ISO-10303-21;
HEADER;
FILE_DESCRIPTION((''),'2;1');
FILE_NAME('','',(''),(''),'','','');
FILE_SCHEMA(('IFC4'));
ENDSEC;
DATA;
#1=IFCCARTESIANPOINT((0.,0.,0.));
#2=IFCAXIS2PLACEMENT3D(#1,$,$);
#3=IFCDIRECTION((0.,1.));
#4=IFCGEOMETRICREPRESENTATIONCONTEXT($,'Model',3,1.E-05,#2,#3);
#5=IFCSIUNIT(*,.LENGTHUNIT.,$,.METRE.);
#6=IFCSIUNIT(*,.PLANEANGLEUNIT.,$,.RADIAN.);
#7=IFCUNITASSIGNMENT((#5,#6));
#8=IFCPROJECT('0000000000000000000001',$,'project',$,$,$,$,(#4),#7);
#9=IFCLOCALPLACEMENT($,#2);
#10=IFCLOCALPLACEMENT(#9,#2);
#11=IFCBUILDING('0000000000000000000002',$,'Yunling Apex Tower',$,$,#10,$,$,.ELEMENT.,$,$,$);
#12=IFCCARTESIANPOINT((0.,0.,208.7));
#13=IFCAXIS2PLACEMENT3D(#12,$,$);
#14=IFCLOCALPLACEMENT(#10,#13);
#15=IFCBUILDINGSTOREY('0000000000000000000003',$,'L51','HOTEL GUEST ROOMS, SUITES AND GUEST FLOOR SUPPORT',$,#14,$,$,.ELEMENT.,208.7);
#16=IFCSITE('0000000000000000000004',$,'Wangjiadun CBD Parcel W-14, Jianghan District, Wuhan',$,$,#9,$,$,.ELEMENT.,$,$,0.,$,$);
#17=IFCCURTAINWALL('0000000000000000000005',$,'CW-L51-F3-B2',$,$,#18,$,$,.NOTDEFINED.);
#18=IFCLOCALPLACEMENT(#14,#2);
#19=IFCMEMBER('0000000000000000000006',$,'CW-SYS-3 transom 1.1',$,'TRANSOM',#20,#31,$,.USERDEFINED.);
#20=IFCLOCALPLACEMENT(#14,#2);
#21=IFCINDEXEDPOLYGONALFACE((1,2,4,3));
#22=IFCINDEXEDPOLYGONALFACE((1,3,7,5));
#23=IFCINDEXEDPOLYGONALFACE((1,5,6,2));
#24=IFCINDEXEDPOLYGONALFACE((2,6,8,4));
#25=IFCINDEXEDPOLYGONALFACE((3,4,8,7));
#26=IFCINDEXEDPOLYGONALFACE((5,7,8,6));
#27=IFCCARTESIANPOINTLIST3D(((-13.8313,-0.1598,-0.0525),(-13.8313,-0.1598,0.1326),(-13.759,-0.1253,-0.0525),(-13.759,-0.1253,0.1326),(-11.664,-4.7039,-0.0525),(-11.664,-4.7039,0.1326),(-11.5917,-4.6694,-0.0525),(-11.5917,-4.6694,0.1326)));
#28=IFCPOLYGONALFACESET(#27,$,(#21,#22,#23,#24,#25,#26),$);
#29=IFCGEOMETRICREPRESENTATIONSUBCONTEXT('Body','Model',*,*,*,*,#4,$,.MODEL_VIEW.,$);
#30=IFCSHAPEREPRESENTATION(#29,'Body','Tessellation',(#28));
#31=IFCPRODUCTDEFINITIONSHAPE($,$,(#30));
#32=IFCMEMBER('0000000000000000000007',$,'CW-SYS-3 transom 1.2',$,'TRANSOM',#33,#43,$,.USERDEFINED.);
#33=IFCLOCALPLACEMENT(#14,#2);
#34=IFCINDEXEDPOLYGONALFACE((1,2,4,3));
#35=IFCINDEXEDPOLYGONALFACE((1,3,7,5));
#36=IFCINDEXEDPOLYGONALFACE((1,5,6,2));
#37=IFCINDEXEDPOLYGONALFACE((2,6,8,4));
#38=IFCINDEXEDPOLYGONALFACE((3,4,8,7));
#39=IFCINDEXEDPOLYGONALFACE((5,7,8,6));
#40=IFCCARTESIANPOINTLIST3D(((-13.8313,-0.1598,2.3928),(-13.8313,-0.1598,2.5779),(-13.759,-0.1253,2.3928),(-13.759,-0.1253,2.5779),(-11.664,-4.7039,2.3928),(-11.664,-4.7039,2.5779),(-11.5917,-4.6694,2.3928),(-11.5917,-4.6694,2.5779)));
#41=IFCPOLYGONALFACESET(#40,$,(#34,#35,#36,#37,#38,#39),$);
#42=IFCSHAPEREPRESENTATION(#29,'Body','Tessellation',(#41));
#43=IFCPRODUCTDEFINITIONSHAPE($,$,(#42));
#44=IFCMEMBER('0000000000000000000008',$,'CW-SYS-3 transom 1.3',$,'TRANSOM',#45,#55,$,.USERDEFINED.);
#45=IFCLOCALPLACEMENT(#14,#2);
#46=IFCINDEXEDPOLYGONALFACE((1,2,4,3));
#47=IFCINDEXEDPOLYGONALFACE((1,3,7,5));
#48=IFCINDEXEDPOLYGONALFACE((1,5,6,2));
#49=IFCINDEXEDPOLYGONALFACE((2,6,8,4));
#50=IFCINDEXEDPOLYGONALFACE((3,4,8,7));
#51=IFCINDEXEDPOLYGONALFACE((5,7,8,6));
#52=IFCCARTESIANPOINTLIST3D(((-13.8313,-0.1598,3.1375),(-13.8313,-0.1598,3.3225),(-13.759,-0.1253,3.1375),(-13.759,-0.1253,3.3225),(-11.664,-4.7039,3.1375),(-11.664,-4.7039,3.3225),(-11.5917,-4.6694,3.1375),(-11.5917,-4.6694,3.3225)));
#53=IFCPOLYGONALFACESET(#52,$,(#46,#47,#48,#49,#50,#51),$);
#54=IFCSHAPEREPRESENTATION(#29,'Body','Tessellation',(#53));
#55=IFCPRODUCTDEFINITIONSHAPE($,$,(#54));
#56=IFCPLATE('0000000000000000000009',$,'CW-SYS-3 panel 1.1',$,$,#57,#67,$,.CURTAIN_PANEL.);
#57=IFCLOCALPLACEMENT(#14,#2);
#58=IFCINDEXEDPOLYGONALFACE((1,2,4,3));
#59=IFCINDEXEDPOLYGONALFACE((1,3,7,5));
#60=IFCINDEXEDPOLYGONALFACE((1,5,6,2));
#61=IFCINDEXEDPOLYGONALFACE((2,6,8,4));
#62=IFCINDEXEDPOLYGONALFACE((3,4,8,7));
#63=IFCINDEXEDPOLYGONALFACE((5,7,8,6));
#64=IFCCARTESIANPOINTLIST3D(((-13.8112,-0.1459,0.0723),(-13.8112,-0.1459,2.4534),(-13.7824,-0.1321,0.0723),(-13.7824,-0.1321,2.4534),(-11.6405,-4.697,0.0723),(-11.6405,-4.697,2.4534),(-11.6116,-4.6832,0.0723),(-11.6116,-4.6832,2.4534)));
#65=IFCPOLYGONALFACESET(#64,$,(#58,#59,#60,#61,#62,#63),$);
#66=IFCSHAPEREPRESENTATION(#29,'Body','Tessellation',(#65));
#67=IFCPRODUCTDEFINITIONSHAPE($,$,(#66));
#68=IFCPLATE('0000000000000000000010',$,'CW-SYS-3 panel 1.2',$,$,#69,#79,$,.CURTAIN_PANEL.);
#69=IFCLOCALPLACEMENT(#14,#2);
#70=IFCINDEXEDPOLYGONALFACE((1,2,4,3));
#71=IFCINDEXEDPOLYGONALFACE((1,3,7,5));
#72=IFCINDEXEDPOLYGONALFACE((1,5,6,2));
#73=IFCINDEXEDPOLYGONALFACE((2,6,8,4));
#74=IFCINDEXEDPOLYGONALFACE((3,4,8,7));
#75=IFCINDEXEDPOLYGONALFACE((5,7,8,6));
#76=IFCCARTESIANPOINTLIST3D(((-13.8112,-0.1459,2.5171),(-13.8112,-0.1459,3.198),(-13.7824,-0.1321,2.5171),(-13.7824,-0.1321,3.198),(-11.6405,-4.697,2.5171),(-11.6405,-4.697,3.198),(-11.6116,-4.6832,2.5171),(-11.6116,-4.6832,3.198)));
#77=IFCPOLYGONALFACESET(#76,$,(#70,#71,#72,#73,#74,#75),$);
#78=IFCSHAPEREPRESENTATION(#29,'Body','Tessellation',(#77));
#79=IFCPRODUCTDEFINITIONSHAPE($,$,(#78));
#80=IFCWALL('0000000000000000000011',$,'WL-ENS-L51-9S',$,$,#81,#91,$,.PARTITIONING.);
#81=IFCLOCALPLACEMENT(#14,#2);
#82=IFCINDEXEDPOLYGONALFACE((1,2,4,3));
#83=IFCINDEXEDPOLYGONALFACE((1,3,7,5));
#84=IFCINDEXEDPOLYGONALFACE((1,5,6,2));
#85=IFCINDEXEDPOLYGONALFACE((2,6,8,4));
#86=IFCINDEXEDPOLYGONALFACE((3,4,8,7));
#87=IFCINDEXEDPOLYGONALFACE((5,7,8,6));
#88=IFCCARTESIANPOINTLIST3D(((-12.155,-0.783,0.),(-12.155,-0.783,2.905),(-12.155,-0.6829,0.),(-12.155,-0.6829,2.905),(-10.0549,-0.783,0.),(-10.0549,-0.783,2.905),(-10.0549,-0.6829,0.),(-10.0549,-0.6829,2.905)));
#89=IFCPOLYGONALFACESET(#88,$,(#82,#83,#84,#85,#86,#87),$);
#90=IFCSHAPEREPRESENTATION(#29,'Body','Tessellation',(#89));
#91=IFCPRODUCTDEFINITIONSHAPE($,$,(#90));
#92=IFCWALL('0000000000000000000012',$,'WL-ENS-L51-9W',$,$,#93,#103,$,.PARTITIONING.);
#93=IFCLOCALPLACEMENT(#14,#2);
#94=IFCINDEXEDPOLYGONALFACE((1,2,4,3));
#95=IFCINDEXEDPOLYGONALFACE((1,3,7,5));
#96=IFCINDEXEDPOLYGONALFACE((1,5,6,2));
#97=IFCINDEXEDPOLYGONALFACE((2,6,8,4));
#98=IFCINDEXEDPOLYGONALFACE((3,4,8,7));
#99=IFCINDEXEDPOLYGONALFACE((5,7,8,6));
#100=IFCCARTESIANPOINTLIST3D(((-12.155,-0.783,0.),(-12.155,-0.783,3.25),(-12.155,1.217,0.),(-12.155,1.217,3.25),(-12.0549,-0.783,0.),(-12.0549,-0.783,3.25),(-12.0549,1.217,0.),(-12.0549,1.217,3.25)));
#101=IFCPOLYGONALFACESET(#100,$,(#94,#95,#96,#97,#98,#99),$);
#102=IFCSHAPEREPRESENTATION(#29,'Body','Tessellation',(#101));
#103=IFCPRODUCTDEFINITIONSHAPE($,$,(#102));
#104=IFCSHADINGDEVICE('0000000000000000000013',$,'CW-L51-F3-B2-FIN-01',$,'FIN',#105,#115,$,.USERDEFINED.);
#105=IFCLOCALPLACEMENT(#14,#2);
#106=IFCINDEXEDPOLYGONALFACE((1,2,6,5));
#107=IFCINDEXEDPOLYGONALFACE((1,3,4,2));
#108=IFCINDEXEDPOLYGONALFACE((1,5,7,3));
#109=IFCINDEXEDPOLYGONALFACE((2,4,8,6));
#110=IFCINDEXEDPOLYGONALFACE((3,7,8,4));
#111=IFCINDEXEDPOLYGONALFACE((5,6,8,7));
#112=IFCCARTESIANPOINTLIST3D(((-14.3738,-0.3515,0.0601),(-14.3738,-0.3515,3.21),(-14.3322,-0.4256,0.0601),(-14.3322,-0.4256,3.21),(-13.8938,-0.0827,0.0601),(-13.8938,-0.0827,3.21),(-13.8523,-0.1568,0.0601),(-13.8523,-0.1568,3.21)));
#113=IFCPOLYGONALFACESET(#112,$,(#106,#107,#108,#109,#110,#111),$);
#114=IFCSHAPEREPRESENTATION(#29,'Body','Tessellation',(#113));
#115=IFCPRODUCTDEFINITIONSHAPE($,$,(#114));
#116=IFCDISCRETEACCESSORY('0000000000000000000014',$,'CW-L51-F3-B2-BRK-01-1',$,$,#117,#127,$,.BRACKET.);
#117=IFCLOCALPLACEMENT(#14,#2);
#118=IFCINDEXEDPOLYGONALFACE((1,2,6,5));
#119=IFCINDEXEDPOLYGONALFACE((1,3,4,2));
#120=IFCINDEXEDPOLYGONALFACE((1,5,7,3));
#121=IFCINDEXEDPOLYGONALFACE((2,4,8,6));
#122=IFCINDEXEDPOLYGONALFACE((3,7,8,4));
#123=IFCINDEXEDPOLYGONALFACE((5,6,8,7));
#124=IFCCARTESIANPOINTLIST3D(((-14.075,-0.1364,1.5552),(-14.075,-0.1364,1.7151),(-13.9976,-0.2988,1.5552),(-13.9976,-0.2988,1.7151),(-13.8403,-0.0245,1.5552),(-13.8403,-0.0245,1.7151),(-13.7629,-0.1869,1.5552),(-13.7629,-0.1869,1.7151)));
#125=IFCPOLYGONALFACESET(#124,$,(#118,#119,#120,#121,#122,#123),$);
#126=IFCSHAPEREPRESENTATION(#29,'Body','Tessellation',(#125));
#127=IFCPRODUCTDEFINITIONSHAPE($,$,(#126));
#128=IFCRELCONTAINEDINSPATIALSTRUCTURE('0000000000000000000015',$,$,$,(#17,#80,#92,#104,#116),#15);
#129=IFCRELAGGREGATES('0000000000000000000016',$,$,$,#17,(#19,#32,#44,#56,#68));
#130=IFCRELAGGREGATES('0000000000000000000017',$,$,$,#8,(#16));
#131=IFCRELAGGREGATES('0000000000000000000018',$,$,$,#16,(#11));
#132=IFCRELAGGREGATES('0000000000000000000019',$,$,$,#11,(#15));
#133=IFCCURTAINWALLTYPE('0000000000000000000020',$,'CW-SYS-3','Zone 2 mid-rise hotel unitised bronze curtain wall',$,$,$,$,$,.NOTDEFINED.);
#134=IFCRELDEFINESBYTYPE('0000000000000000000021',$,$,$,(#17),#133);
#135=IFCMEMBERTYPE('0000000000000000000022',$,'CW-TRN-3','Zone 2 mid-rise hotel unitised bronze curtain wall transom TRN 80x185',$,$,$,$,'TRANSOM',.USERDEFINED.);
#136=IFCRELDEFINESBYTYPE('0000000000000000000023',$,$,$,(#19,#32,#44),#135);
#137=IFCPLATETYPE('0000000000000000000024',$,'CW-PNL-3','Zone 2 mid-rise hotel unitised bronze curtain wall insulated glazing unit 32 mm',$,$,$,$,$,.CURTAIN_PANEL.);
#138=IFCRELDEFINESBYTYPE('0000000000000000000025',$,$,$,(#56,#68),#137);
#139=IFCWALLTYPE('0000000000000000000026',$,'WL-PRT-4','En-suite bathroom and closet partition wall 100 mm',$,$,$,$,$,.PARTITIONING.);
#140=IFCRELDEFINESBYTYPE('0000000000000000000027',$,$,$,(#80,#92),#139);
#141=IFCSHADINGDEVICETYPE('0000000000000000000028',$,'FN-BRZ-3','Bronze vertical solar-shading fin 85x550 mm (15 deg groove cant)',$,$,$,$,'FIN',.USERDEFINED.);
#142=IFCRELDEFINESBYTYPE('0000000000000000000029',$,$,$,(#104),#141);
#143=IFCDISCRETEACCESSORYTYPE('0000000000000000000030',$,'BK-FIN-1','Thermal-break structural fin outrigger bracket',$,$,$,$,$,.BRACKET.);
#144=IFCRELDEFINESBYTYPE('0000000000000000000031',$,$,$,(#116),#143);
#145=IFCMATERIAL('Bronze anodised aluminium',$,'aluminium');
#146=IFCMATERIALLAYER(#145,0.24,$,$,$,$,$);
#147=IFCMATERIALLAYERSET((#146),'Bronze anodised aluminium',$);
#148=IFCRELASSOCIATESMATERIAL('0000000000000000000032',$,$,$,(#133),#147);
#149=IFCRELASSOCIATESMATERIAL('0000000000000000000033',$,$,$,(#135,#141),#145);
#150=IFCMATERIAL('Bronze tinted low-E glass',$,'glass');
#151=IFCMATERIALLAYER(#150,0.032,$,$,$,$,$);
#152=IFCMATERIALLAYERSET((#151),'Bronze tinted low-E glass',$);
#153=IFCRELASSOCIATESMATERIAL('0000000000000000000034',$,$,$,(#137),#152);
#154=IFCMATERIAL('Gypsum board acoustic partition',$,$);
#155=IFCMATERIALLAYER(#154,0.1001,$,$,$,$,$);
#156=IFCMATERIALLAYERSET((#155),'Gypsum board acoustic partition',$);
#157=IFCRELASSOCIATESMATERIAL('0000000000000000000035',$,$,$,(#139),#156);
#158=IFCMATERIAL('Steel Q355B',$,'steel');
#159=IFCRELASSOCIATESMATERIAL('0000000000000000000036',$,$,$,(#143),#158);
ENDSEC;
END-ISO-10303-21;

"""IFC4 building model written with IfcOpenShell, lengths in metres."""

from ifc_helpers import new_model, si_unit, direction, frame, frame_2d, origin, origin_2d, place, context, subcontext, project, spatial, rectangle, extrude, source, transform, mapped, material, layer, layer_set, material_profile, profile_set, type_object, element, aggregate, save


model = new_model("IFC4")

# Units and contexts
model_context = context("Model", 3, precision=1e-05, world=origin(), true_north=direction((0.0, 1.0)))
body_context = subcontext(model_context, "Body", "Model", "MODEL_VIEW")
ifc_project = project(units=[si_unit("LENGTHUNIT", "METRE"), si_unit("PLANEANGLEUNIT", "RADIAN")], contexts=[model_context])

# Site, building, storey
site_placement = place(None, origin())
site = spatial("IfcSite", under=ifc_project, at=site_placement, Name="Wangjiadun CBD Parcel W-14, Jianghan District, Wuhan", CompositionType="ELEMENT", RefElevation=0.0)
building_placement = place(site_placement, origin())
building = spatial("IfcBuilding", under=site, at=building_placement, Name="Yunling Apex Tower", CompositionType="ELEMENT")
storey_placement = place(building_placement, frame((0.0, 0.0, 208.7)))
storey = spatial("IfcBuildingStorey", under=building, at=storey_placement, Name="L51", Description="HOTEL GUEST ROOMS, SUITES AND GUEST FLOOR SUPPORT", CompositionType="ELEMENT", Elevation=208.7)

# Shared definitions
ifc_material_1 = material(Name="Steel Q355B", Category="steel")

# Shared definitions
ifc_material_2 = material(Name="Bronze anodised aluminium", Category="aluminium")
ifc_layer_1 = layer(ifc_material_2, 0.24)
ifc_layer_set_1 = layer_set([ifc_layer_1], Name="Bronze anodised aluminium")
curtain_wall_type = type_object("IfcCurtainWallType", Name="CW-SYS-3", Description="Zone 2 mid-rise hotel unitised bronze curtain wall", PredefinedType="NOTDEFINED", material=ifc_layer_set_1)

# Curtain wall, members, plates
curtain_wall_1_placement = place(storey_placement, origin())
curtain_wall_1 = element("IfcCurtainWall", 1, at=curtain_wall_1_placement, inside=storey, type_object=curtain_wall_type, Name="CW-L51-F3-B2", PredefinedType="NOTDEFINED")
ifc_material_profile_1 = material_profile(ifc_material_2, rectangle(XDim=0.0801, YDim=0.1851, at=origin_2d()))
ifc_profile_set_1 = profile_set([ifc_material_profile_1], Name="Bronze anodised aluminium")
member_type_1 = type_object("IfcMemberType", Name="CW-TRN-3", Description="Zone 2 mid-rise hotel unitised bronze curtain wall transom TRN 80x185", ElementType="TRANSOM", PredefinedType="USERDEFINED", material=ifc_profile_set_1)
shared_shape_1 = source(origin(), body_context, "Body", "SweptSolid", [
    extrude(rectangle(XDim=0.0801, YDim=0.1851, at=origin_2d()), origin(), (0.0, 0.0, 1.0), 5.0344),
])
member_1_placement = place(storey_placement, frame((-13.7952, -0.1426, 0.04), z_axis=(0.430493, -0.902594, 0.0), x_axis=(0.902594, 0.430493, 0.0)))
member_1 = element("IfcMember", 2, at=member_1_placement, type_object=member_type_1, Name="CW-SYS-3 transom 1.1", ObjectType="TRANSOM", PredefinedType="USERDEFINED", context=body_context, shape_type="MappedRepresentation", body=[
    mapped(shared_shape_1, transform((0.0, 0.0, 0.0), scale=1.0)),
])
member_2_placement = place(storey_placement, frame((-13.7952, -0.1426, 2.4854), z_axis=(0.430493, -0.902594, 0.0), x_axis=(0.902594, 0.430493, 0.0)))
member_2 = element("IfcMember", 3, at=member_2_placement, type_object=member_type_1, Name="CW-SYS-3 transom 1.2", ObjectType="TRANSOM", PredefinedType="USERDEFINED", context=body_context, shape_type="MappedRepresentation", body=[
    mapped(shared_shape_1, transform((0.0, 0.0, 0.0), scale=1.0)),
])
member_3_placement = place(storey_placement, frame((-13.7952, -0.1426, 3.23), z_axis=(0.430493, -0.902594, 0.0), x_axis=(0.902594, 0.430493, 0.0)))
member_3 = element("IfcMember", 4, at=member_3_placement, type_object=member_type_1, Name="CW-SYS-3 transom 1.3", ObjectType="TRANSOM", PredefinedType="USERDEFINED", context=body_context, shape_type="MappedRepresentation", body=[
    mapped(shared_shape_1, transform((0.0, 0.0, 0.0), scale=1.0)),
])
ifc_material_3 = material(Name="Bronze tinted low-E glass", Category="glass")
ifc_layer_2 = layer(ifc_material_3, 0.032)
ifc_layer_set_2 = layer_set([ifc_layer_2], Name="Bronze tinted low-E glass")
plate_type = type_object("IfcPlateType", Name="CW-PNL-3", Description="Zone 2 mid-rise hotel unitised bronze curtain wall insulated glazing unit 32 mm", PredefinedType="CURTAIN_PANEL", material=ifc_layer_set_2)
shared_shape_2 = source(origin(), body_context, "Body", "SweptSolid", [
    extrude(rectangle(XDim=5.0422, YDim=0.032, at=origin_2d()), origin(), (0.0, 0.0, 1.0), 2.3811),
])
plate_1_placement = place(storey_placement, frame((-12.7114, -2.4146, 0.0723), z_axis=(0.0, 0.0, 1.0), x_axis=(0.430516, -0.902583, 0.0)))
plate_1 = element("IfcPlate", 5, at=plate_1_placement, type_object=plate_type, Name="CW-SYS-3 panel 1.1", PredefinedType="CURTAIN_PANEL", context=body_context, shape_type="MappedRepresentation", body=[
    mapped(shared_shape_2, transform((0.0, 0.0, 0.0), scale=1.0)),
])
shared_shape_3 = source(origin(), body_context, "Body", "SweptSolid", [
    extrude(rectangle(XDim=5.0422, YDim=0.032, at=origin_2d()), origin(), (0.0, 0.0, 1.0), 0.6809),
])
plate_2_placement = place(storey_placement, frame((-12.7114, -2.4146, 2.5171), z_axis=(0.0, 0.0, 1.0), x_axis=(0.430516, -0.902583, 0.0)))
plate_2 = element("IfcPlate", 6, at=plate_2_placement, type_object=plate_type, Name="CW-SYS-3 panel 1.2", PredefinedType="CURTAIN_PANEL", context=body_context, shape_type="MappedRepresentation", body=[
    mapped(shared_shape_3, transform((0.0, 0.0, 0.0), scale=1.0)),
])
aggregate(curtain_wall_1, [member_1, member_2, member_3, plate_1, plate_2])

# Walls
ifc_material_4 = material(Name="Gypsum board acoustic partition")
ifc_layer_3 = layer(ifc_material_4, 0.1001)
ifc_layer_set_3 = layer_set([ifc_layer_3], Name="Gypsum board acoustic partition")
wall_type = type_object("IfcWallType", Name="WL-PRT-4", Description="En-suite bathroom and closet partition wall 100 mm", PredefinedType="PARTITIONING", material=ifc_layer_set_3)
wall_1_placement = place(storey_placement, frame((-10.0549, -0.7329, 0.0), z_axis=(0.0, 0.0, 1.0), x_axis=(-1.0, 0.0, 0.0)))
element("IfcWall", 7, at=wall_1_placement, inside=storey, type_object=wall_type, Name="WL-ENS-L51-9S", PredefinedType="PARTITIONING", context=body_context, shape_type="SweptSolid", body=[
    extrude(rectangle(XDim=2.1001, YDim=0.1001, at=frame_2d((1.05, 0.0))), origin(), (0.0, 0.0, 1.0), 2.905),
])
wall_2_placement = place(storey_placement, frame((-12.105, -0.783, 0.0), z_axis=(0.0, 0.0, 1.0), x_axis=(0.0, 1.0, 0.0)))
element("IfcWall", 8, at=wall_2_placement, inside=storey, type_object=wall_type, Name="WL-ENS-L51-9W", PredefinedType="PARTITIONING", context=body_context, shape_type="SweptSolid", body=[
    extrude(rectangle(XDim=2.0, YDim=0.1001, at=frame_2d((1.0, 0.0))), origin(), (0.0, 0.0, 1.0), 3.25),
])

# Shading device
ifc_material_profile_2 = material_profile(ifc_material_2, rectangle(XDim=0.085, YDim=0.55, at=origin_2d()))
ifc_profile_set_2 = profile_set([ifc_material_profile_2], Name="Bronze anodised aluminium")
shading_device_type = type_object("IfcShadingDeviceType", Name="FN-BRZ-3", Description="Bronze vertical solar-shading fin 85x550 mm (15 deg groove cant)", ElementType="FIN", PredefinedType="USERDEFINED", material=ifc_profile_set_2)
shared_shape_4 = source(origin(), body_context, "Body", "SweptSolid", [
    extrude(rectangle(XDim=0.085, YDim=0.55, at=origin_2d()), origin(), (0.0, 0.0, 1.0), 3.1499),
])
shading_device_placement = place(storey_placement, frame((-14.113, -0.2542, 0.0601), z_axis=(0.0, 0.0, 1.0), x_axis=(0.488621, -0.872496, 0.0)))
element("IfcShadingDevice", 9, at=shading_device_placement, inside=storey, type_object=shading_device_type, Name="CW-L51-F3-B2-FIN-01", ObjectType="FIN", PredefinedType="USERDEFINED", context=body_context, shape_type="MappedRepresentation", body=[
    mapped(shared_shape_4, transform((0.0, 0.0, 0.0), scale=1.0)),
])

# Discrete accessory
discrete_accessory_type = type_object("IfcDiscreteAccessoryType", Name="BK-FIN-1", Description="Thermal-break structural fin outrigger bracket", PredefinedType="BRACKET", material=ifc_material_1)
shared_shape_5 = source(origin(), body_context, "Body", "SweptSolid", [
    extrude(rectangle(XDim=0.1799, YDim=0.26, at=origin_2d()), origin(), (0.0, 0.0, 1.0), 0.1599),
])
discrete_accessory_placement = place(storey_placement, frame((-13.9189, -0.1616, 1.5552), z_axis=(0.0, 0.0, 1.0), x_axis=(0.430511, -0.902585, 0.0)))
element("IfcDiscreteAccessory", 10, at=discrete_accessory_placement, inside=storey, type_object=discrete_accessory_type, Name="CW-L51-F3-B2-BRK-01-1", PredefinedType="BRACKET", context=body_context, shape_type="MappedRepresentation", body=[
    mapped(shared_shape_5, transform((0.0, 0.0, 0.0), scale=1.0)),
])

save(model, "model.ifc")
